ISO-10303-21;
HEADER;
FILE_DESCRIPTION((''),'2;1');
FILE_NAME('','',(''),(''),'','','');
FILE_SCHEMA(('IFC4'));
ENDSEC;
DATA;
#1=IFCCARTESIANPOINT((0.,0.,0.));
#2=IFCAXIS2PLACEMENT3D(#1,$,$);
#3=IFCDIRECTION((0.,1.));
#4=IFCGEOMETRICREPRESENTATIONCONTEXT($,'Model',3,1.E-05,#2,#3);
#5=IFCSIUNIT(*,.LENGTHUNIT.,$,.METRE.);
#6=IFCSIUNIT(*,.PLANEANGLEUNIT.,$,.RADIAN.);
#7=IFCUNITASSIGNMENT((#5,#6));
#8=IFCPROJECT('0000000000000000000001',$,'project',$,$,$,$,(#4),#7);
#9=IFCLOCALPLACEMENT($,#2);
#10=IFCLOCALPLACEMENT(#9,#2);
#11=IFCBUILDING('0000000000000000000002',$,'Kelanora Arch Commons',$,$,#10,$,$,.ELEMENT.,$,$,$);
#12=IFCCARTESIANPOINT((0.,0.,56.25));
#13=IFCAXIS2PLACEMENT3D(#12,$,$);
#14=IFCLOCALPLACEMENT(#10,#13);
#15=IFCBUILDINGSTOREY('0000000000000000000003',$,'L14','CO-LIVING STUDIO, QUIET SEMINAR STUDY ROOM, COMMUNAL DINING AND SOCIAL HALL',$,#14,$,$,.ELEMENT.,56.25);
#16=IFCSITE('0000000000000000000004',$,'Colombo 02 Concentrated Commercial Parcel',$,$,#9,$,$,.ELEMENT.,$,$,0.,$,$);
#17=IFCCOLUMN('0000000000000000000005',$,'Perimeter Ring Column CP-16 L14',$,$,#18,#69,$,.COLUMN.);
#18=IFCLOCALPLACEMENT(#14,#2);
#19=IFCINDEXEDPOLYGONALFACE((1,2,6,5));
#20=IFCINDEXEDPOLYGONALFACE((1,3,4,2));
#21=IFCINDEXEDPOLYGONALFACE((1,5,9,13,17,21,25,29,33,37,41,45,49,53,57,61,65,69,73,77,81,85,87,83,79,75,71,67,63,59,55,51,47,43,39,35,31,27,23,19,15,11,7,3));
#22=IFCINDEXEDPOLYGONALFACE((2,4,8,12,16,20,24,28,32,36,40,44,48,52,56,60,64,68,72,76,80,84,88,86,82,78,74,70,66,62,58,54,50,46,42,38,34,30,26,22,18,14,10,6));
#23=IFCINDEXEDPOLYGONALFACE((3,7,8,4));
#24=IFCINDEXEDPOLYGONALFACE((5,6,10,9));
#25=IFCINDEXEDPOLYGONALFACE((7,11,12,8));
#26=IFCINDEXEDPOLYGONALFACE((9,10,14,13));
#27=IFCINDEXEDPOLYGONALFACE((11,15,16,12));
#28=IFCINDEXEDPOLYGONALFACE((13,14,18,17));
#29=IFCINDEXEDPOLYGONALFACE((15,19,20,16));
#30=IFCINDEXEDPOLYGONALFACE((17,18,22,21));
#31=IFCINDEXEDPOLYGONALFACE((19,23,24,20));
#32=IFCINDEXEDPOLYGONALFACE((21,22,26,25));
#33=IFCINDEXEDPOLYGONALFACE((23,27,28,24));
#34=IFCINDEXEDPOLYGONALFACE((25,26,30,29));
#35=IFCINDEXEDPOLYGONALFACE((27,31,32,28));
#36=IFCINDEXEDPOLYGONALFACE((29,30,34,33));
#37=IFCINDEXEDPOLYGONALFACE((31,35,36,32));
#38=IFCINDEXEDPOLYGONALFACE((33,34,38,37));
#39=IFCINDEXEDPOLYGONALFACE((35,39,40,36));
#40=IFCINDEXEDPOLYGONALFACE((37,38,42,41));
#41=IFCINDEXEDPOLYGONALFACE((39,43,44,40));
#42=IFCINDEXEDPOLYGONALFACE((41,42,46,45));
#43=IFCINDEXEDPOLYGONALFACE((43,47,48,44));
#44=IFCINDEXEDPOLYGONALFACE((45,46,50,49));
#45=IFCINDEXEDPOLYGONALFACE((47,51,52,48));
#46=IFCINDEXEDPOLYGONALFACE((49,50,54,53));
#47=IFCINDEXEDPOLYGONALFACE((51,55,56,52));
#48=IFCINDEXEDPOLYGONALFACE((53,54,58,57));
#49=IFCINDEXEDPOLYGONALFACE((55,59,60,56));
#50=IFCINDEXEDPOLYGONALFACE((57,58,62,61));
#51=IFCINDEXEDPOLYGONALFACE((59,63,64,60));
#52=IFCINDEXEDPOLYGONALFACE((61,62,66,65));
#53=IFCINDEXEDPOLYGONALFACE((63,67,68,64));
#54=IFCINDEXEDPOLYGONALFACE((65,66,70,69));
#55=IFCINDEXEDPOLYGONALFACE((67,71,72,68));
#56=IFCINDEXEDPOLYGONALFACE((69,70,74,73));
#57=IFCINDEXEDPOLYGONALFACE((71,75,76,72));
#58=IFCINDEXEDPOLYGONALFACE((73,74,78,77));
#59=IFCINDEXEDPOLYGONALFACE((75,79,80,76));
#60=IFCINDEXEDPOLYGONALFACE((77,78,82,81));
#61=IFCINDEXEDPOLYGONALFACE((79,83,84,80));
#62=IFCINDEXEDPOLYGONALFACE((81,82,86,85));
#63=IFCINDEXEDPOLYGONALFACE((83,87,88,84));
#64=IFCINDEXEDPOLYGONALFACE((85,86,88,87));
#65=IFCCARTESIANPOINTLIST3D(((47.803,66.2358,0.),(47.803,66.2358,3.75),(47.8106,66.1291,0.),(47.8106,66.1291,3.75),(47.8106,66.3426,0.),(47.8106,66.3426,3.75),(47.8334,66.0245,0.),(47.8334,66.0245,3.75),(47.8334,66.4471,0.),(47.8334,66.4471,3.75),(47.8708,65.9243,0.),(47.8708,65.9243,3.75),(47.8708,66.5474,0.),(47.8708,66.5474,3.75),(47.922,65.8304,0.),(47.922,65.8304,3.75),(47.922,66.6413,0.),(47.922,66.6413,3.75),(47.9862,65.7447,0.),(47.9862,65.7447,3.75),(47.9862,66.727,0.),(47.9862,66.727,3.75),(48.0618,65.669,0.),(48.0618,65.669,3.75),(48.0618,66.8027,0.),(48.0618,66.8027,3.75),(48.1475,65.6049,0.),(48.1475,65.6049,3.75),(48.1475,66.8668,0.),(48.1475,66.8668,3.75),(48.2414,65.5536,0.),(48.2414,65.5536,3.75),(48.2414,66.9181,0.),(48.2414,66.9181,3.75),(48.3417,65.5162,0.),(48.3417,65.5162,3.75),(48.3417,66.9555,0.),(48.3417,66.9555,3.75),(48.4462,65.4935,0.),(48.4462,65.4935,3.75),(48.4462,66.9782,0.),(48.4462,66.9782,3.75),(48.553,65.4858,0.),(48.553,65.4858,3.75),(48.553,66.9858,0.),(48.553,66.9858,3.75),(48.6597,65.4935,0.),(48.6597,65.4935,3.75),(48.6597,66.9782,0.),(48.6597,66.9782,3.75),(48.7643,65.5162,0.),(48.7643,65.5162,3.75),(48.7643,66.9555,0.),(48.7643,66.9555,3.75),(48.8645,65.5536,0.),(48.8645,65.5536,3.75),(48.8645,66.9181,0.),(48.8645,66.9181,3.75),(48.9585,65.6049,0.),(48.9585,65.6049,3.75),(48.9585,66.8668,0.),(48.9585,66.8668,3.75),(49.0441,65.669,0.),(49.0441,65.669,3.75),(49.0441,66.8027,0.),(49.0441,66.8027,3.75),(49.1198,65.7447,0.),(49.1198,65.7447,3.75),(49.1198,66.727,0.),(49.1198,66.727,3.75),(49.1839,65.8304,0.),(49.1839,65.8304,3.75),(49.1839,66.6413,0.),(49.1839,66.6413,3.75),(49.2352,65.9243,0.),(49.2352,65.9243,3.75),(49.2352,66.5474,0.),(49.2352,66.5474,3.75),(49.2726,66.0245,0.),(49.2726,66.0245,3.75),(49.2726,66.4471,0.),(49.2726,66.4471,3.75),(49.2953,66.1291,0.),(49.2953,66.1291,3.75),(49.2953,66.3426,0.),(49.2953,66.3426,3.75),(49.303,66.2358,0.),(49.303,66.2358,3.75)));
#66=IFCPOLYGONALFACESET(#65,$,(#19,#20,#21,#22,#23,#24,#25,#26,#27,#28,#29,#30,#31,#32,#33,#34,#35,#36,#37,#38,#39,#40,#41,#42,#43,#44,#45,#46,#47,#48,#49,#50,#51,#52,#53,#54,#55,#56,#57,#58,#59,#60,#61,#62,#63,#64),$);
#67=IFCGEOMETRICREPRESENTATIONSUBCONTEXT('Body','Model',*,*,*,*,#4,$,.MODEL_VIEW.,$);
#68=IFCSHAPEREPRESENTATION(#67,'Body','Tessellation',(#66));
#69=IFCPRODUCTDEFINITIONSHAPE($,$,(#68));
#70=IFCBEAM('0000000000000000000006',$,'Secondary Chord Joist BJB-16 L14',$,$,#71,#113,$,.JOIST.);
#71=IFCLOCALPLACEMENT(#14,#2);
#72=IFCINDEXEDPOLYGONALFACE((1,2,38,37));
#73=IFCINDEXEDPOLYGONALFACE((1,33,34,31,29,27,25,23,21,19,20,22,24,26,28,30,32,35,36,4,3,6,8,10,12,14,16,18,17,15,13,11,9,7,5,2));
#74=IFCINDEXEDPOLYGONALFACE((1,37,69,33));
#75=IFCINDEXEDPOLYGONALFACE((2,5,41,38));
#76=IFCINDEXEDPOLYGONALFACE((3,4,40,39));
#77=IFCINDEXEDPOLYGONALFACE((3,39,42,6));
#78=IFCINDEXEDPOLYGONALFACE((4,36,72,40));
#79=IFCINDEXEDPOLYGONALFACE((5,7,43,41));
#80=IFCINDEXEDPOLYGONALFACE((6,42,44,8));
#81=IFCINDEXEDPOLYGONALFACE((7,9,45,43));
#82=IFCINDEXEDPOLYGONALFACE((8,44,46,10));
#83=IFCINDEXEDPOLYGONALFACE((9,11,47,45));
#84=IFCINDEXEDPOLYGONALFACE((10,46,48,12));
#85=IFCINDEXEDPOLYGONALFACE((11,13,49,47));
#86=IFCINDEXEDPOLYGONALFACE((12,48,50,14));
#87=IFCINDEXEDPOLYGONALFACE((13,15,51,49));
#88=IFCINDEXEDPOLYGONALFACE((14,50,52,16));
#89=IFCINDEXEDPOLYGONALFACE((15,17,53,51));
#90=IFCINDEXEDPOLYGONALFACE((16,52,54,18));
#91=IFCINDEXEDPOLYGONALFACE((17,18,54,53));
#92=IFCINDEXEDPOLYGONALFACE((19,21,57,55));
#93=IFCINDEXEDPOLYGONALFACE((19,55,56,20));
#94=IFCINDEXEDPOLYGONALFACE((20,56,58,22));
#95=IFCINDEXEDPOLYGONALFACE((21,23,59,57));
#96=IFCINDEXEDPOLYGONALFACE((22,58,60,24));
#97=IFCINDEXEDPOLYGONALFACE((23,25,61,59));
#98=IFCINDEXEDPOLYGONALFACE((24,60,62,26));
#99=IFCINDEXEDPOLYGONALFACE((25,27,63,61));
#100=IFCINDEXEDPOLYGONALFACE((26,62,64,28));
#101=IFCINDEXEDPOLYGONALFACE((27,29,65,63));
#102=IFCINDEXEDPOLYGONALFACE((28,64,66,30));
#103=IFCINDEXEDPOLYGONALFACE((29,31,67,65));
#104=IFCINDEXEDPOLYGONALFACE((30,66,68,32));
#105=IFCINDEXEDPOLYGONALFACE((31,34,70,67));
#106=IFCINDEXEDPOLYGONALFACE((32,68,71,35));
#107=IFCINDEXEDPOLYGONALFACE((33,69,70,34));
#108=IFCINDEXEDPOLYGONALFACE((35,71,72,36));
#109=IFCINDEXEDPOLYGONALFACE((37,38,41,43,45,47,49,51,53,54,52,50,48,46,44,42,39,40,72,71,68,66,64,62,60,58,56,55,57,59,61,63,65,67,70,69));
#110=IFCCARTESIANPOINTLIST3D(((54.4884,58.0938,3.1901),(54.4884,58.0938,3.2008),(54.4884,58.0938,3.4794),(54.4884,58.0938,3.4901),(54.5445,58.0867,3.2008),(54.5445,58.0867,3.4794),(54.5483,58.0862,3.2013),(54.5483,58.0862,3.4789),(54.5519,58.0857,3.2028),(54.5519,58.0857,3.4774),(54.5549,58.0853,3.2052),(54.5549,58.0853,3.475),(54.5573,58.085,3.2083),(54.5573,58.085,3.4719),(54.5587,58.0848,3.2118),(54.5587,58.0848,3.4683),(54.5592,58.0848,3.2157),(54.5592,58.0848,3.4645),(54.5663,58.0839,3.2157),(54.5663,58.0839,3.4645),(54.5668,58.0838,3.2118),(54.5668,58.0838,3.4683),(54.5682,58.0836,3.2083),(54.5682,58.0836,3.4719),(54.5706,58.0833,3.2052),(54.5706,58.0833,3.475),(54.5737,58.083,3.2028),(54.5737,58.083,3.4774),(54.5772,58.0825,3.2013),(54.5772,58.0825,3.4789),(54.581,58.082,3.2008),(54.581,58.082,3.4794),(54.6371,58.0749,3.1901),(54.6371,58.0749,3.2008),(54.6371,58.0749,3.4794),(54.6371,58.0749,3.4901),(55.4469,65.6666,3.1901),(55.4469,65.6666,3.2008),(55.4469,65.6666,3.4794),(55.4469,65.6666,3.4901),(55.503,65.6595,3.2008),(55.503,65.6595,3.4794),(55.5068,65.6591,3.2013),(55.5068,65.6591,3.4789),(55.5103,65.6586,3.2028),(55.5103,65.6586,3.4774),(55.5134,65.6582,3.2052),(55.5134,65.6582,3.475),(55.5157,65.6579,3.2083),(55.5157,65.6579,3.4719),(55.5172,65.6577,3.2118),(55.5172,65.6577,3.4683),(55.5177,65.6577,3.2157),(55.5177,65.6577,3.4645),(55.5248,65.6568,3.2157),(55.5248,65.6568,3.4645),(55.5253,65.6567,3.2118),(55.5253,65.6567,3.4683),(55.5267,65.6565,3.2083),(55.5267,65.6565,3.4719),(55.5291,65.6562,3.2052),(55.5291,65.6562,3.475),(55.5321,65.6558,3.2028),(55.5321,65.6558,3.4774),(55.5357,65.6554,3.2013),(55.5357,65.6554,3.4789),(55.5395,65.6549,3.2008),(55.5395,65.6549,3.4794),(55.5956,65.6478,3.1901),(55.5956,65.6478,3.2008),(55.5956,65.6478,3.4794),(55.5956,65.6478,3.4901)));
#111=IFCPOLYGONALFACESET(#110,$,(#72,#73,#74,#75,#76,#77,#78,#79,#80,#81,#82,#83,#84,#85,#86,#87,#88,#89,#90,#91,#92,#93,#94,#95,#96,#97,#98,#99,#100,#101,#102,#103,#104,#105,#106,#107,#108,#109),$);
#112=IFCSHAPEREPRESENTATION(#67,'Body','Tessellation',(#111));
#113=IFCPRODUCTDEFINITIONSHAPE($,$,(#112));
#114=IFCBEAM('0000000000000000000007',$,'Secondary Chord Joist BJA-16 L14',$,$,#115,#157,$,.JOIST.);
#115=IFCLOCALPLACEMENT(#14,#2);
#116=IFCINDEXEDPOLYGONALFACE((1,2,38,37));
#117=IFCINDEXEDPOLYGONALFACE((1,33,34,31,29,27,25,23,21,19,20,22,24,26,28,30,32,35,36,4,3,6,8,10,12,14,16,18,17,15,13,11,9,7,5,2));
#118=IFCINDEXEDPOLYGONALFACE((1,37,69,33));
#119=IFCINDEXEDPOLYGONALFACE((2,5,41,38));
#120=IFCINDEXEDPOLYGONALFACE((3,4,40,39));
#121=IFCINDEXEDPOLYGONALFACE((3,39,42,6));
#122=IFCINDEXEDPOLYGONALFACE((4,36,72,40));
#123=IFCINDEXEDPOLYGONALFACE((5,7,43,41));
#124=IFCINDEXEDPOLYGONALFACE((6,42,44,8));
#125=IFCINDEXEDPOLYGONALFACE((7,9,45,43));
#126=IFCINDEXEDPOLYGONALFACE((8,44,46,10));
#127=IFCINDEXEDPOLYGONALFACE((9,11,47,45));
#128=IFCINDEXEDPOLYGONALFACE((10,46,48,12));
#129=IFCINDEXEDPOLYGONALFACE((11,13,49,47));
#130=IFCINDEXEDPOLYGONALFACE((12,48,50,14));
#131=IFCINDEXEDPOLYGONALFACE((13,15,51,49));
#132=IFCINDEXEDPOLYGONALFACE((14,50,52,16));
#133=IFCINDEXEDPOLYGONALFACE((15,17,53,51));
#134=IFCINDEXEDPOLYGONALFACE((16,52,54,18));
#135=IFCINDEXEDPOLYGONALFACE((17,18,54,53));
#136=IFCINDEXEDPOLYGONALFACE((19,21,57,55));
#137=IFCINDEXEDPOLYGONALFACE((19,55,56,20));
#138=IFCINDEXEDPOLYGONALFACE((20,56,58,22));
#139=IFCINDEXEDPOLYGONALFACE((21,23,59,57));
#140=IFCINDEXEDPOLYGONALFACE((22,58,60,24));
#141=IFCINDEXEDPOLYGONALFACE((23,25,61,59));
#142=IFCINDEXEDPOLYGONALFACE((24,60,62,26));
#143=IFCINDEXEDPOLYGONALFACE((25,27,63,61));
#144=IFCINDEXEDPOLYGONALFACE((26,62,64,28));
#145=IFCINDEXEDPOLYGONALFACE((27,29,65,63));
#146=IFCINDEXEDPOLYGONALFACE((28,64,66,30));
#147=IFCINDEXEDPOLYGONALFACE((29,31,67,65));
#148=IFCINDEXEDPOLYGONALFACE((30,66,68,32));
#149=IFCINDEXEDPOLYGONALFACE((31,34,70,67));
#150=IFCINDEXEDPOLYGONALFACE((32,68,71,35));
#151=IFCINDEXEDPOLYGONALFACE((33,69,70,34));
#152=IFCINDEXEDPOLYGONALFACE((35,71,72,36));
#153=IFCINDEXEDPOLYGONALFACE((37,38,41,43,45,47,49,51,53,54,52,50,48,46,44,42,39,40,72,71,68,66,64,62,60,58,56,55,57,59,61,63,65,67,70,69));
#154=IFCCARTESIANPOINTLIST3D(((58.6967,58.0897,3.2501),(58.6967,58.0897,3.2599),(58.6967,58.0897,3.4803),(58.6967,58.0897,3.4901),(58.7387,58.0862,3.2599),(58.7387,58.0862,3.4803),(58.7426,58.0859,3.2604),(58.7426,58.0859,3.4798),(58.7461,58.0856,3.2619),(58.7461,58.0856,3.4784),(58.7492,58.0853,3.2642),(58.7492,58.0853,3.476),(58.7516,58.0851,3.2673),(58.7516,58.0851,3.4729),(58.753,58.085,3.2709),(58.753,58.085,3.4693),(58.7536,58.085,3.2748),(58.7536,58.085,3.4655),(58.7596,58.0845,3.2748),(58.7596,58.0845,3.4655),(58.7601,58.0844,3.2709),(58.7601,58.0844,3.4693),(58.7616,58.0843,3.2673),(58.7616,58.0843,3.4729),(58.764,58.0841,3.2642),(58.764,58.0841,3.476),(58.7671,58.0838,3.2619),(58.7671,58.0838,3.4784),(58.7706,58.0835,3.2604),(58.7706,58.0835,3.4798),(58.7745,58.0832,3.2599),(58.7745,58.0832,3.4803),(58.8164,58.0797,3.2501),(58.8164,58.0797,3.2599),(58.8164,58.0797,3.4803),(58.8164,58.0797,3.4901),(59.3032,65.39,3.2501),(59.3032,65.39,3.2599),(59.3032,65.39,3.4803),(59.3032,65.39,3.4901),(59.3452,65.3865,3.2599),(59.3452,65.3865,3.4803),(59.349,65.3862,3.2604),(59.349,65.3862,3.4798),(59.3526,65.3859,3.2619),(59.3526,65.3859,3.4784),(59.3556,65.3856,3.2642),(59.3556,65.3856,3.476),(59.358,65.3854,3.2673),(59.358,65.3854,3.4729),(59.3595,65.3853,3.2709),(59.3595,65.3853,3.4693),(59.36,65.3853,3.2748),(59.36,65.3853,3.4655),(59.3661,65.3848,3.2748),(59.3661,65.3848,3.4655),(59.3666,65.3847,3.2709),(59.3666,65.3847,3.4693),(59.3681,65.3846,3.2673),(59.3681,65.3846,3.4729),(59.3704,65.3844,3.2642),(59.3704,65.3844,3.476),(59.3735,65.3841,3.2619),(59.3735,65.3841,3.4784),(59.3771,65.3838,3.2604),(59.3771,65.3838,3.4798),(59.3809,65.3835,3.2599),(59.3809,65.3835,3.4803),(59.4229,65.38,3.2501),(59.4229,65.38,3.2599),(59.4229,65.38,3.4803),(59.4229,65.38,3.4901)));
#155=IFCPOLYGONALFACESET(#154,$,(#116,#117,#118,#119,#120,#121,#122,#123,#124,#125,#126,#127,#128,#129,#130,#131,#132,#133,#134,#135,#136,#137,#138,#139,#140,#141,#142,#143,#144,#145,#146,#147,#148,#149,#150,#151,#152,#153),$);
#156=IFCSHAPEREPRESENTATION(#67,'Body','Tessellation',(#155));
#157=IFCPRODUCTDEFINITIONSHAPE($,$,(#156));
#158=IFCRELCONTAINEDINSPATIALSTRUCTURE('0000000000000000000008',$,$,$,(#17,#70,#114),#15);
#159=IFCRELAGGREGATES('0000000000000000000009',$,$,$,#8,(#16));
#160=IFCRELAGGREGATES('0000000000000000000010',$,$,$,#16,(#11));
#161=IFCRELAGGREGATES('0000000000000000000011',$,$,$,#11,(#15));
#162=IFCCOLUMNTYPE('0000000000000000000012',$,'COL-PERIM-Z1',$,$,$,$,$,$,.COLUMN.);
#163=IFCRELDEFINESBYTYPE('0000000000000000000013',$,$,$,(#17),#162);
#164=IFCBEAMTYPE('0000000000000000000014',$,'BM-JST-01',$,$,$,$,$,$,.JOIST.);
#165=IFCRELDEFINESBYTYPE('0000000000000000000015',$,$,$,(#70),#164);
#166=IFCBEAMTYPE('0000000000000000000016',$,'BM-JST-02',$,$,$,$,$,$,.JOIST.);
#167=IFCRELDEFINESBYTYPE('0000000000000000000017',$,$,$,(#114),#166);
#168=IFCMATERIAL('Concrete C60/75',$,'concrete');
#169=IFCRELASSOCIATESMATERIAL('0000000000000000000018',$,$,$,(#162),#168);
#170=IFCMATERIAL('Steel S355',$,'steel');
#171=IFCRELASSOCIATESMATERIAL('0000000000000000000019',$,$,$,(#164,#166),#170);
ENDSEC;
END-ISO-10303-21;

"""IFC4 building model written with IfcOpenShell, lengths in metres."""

from ifc_helpers import new_model, si_unit, direction, frame, origin, origin_2d, place, context, subcontext, project, spatial, circle, i_section, extrude, material, material_profile, profile_set, type_object, element, save


model = new_model("IFC4")

# Units and contexts
model_context = context("Model", 3, precision=1e-05, world=origin(), true_north=direction((0.0, 1.0)))
body_context = subcontext(model_context, "Body", "Model", "MODEL_VIEW")
ifc_project = project(units=[si_unit("LENGTHUNIT", "METRE"), si_unit("PLANEANGLEUNIT", "RADIAN")], contexts=[model_context])

# Site, building, storey
site_placement = place(None, origin())
site = spatial("IfcSite", under=ifc_project, at=site_placement, Name="Colombo 02 Concentrated Commercial Parcel", CompositionType="ELEMENT", RefElevation=0.0)
building_placement = place(site_placement, origin())
building = spatial("IfcBuilding", under=site, at=building_placement, Name="Kelanora Arch Commons", CompositionType="ELEMENT")
storey_placement = place(building_placement, frame((0.0, 0.0, 56.25)))
storey = spatial("IfcBuildingStorey", under=building, at=storey_placement, Name="L14", Description="CO-LIVING STUDIO, QUIET SEMINAR STUDY ROOM, COMMUNAL DINING AND SOCIAL HALL", CompositionType="ELEMENT", Elevation=56.25)

# Column
ifc_material_1 = material(Name="Concrete C60/75", Category="concrete")
ifc_material_profile_1 = material_profile(ifc_material_1, circle(Radius=0.75, at=origin_2d()), Name="RCC1500")
ifc_profile_set_1 = profile_set([ifc_material_profile_1], Name="Concrete C60/75")
column_type = type_object("IfcColumnType", Name="COL-PERIM-Z1", PredefinedType="COLUMN", material=ifc_profile_set_1)
column_placement = place(storey_placement, frame((48.553, 66.2358, 0.0), z_axis=(0.0, 0.0, 1.0), x_axis=(1.0, 0.0, 0.0)))
element("IfcColumn", 1, at=column_placement, inside=storey, type_object=column_type, Name="Perimeter Ring Column CP-16 L14", PredefinedType="COLUMN", context=body_context, shape_type="SweptSolid", body=[
    extrude(circle(Radius=0.75, at=origin_2d()), origin(), (0.0, 0.0, 1.0), 3.75),
])

# Beams
ifc_material_2 = material(Name="Steel S355", Category="steel")
ifc_material_profile_2 = material_profile(ifc_material_2, i_section(OverallWidth=0.1499, OverallDepth=0.3, WebThickness=0.0071, FlangeThickness=0.0107, FilletRadius=0.0149, at=origin_2d()), Name="IPE300")
ifc_profile_set_2 = profile_set([ifc_material_profile_2], Name="Steel S355")
beam_type_1 = type_object("IfcBeamType", Name="BM-JST-01", PredefinedType="JOIST", material=ifc_profile_set_2)
beam_1_placement = place(storey_placement, frame((55.5212, 65.6572, 3.3401), z_axis=(-0.125566, -0.992085, 0.0), x_axis=(0.992085, -0.125566, 0.0)))
element("IfcBeam", 2, at=beam_1_placement, inside=storey, type_object=beam_type_1, Name="Secondary Chord Joist BJB-16 L14", PredefinedType="JOIST", context=body_context, shape_type="SweptSolid", body=[
    extrude(i_section(OverallWidth=0.1499, OverallDepth=0.3, WebThickness=0.0071, FlangeThickness=0.0107, FilletRadius=0.0149, at=origin_2d()), origin(), (0.0, 0.0, 1.0), 7.6333),
])
ifc_material_profile_3 = material_profile(ifc_material_2, i_section(OverallWidth=0.1201, OverallDepth=0.24, WebThickness=0.0061, FlangeThickness=0.0098, FilletRadius=0.0149, at=origin_2d()), Name="IPE240")
ifc_profile_set_3 = profile_set([ifc_material_profile_3], Name="Steel S355")
beam_type_2 = type_object("IfcBeamType", Name="BM-JST-02", PredefinedType="JOIST", material=ifc_profile_set_3)
beam_2_placement = place(storey_placement, frame((59.363, 65.385, 3.3701), z_axis=(-0.082786, -0.996567, 0.0), x_axis=(0.996567, -0.082786, 0.0)))
element("IfcBeam", 3, at=beam_2_placement, inside=storey, type_object=beam_type_2, Name="Secondary Chord Joist BJA-16 L14", PredefinedType="JOIST", context=body_context, shape_type="SweptSolid", body=[
    extrude(i_section(OverallWidth=0.1201, OverallDepth=0.24, WebThickness=0.0061, FlangeThickness=0.0098, FilletRadius=0.0149, at=origin_2d()), origin(), (0.0, 0.0, 1.0), 7.3254),
])

save(model, "model.ifc")
